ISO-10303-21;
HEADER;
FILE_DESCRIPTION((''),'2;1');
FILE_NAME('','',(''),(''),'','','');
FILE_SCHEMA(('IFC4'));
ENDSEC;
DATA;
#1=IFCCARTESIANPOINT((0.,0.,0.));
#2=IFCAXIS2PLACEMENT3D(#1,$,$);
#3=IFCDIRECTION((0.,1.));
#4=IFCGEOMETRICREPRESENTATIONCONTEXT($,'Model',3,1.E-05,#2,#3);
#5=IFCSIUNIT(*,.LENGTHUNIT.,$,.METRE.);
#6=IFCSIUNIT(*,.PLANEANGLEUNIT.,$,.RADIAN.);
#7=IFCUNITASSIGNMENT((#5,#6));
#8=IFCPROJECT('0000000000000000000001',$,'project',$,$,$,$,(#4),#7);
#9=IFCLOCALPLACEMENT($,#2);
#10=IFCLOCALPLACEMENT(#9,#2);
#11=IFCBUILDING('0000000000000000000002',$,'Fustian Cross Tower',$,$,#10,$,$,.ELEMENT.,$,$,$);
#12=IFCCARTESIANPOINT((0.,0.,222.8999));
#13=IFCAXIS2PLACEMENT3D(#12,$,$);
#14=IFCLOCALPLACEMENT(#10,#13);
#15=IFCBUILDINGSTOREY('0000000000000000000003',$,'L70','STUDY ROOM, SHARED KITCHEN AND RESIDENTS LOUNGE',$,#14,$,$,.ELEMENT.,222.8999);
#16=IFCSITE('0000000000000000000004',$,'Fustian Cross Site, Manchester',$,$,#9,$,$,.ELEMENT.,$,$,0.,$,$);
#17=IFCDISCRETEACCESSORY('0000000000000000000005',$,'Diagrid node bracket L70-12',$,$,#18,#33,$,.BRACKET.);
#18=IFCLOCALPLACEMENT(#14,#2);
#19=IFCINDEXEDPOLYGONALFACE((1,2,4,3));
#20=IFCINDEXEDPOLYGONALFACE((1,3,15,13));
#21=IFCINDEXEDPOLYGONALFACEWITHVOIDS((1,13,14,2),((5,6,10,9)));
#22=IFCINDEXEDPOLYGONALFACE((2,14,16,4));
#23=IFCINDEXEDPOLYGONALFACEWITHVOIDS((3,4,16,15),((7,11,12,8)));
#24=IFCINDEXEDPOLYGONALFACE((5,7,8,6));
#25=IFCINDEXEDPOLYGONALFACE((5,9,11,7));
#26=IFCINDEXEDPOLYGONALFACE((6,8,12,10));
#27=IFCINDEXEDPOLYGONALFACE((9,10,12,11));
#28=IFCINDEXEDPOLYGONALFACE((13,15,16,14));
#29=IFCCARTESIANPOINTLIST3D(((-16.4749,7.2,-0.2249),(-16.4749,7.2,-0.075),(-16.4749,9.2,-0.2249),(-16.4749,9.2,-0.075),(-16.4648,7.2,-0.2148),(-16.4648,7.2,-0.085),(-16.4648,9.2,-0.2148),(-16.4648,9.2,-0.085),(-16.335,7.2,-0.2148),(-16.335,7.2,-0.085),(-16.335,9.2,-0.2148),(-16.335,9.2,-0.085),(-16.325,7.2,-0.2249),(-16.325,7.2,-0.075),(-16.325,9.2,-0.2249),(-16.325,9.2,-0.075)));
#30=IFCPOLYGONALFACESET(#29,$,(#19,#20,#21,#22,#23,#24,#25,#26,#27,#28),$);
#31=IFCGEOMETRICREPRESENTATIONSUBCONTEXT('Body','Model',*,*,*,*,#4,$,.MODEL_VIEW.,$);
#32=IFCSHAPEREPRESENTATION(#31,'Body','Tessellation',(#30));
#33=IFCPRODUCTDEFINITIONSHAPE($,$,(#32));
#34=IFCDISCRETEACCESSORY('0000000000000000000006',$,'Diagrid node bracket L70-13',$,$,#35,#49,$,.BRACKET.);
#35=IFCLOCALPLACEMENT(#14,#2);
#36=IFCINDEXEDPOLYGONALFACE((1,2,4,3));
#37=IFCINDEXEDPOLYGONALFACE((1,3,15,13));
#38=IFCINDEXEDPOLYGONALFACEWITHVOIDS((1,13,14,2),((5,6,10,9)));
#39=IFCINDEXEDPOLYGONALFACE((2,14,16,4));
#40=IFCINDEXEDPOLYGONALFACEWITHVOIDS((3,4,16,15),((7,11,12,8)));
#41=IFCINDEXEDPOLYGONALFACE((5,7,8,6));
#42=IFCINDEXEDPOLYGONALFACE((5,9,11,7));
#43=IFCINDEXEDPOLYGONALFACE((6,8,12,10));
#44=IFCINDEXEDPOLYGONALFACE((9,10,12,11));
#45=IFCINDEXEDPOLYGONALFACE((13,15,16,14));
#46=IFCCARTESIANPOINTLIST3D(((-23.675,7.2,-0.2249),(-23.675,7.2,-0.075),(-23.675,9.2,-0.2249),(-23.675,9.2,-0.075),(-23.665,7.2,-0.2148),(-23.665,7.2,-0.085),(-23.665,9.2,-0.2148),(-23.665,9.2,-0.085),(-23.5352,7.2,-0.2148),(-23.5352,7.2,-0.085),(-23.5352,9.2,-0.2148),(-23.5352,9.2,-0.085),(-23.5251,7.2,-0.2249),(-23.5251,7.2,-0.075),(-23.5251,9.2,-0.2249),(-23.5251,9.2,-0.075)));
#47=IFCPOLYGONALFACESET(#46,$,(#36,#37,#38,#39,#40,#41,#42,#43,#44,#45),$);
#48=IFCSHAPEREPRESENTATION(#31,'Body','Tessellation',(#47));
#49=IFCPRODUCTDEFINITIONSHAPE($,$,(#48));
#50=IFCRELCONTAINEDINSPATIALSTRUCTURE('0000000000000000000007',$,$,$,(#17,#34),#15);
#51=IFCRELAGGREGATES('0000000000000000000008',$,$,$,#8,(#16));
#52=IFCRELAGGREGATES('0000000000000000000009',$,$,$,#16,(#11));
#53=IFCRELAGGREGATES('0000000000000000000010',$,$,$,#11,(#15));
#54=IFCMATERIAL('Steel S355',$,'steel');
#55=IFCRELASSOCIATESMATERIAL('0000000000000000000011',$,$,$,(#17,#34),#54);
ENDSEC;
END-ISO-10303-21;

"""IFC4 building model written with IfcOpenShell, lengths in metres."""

from ifc_helpers import new_model, si_unit, direction, frame, origin, origin_2d, place, context, subcontext, project, spatial, hollow_rectangle, extrude, material, element, save


model = new_model("IFC4")

# Units and contexts
model_context = context("Model", 3, precision=1e-05, world=origin(), true_north=direction((0.0, 1.0)))
body_context = subcontext(model_context, "Body", "Model", "MODEL_VIEW")
ifc_project = project(units=[si_unit("LENGTHUNIT", "METRE"), si_unit("PLANEANGLEUNIT", "RADIAN")], contexts=[model_context])

# Site, building, storey
site_placement = place(None, origin())
site = spatial("IfcSite", under=ifc_project, at=site_placement, Name="Fustian Cross Site, Manchester", CompositionType="ELEMENT", RefElevation=0.0)
building_placement = place(site_placement, origin())
building = spatial("IfcBuilding", under=site, at=building_placement, Name="Fustian Cross Tower", CompositionType="ELEMENT")
storey_placement = place(building_placement, frame((0.0, 0.0, 222.8999)))
storey = spatial("IfcBuildingStorey", under=building, at=storey_placement, Name="L70", Description="STUDY ROOM, SHARED KITCHEN AND RESIDENTS LOUNGE", CompositionType="ELEMENT", Elevation=222.8999)

# Discrete accessories
ifc_material_1 = material(Name="Steel S355", Category="steel")
for number, where, z_axis, x_axis, name in (
    (1, (-16.3999, 9.2, -0.1499), (0.0, -1.0, 0.0), (1.0, 0.0, 0.0), "Diagrid node bracket L70-12"),
    (2, (-23.6001, 9.2, -0.1499), (0.0, -1.0, 0.0), (1.0, 0.0, 0.0), "Diagrid node bracket L70-13"),
):
    element("IfcDiscreteAccessory", number, at=place(storey_placement, frame(where, z_axis=z_axis, x_axis=x_axis)), inside=storey, material=ifc_material_1, Name=name, PredefinedType="BRACKET", context=body_context, shape_type="SweptSolid", body=[
        extrude(hollow_rectangle(XDim=0.1499, YDim=0.1499, WallThickness=0.01, at=origin_2d()), origin(), (0.0, 0.0, 1.0), 2.0),
    ])

save(model, "model.ifc")
